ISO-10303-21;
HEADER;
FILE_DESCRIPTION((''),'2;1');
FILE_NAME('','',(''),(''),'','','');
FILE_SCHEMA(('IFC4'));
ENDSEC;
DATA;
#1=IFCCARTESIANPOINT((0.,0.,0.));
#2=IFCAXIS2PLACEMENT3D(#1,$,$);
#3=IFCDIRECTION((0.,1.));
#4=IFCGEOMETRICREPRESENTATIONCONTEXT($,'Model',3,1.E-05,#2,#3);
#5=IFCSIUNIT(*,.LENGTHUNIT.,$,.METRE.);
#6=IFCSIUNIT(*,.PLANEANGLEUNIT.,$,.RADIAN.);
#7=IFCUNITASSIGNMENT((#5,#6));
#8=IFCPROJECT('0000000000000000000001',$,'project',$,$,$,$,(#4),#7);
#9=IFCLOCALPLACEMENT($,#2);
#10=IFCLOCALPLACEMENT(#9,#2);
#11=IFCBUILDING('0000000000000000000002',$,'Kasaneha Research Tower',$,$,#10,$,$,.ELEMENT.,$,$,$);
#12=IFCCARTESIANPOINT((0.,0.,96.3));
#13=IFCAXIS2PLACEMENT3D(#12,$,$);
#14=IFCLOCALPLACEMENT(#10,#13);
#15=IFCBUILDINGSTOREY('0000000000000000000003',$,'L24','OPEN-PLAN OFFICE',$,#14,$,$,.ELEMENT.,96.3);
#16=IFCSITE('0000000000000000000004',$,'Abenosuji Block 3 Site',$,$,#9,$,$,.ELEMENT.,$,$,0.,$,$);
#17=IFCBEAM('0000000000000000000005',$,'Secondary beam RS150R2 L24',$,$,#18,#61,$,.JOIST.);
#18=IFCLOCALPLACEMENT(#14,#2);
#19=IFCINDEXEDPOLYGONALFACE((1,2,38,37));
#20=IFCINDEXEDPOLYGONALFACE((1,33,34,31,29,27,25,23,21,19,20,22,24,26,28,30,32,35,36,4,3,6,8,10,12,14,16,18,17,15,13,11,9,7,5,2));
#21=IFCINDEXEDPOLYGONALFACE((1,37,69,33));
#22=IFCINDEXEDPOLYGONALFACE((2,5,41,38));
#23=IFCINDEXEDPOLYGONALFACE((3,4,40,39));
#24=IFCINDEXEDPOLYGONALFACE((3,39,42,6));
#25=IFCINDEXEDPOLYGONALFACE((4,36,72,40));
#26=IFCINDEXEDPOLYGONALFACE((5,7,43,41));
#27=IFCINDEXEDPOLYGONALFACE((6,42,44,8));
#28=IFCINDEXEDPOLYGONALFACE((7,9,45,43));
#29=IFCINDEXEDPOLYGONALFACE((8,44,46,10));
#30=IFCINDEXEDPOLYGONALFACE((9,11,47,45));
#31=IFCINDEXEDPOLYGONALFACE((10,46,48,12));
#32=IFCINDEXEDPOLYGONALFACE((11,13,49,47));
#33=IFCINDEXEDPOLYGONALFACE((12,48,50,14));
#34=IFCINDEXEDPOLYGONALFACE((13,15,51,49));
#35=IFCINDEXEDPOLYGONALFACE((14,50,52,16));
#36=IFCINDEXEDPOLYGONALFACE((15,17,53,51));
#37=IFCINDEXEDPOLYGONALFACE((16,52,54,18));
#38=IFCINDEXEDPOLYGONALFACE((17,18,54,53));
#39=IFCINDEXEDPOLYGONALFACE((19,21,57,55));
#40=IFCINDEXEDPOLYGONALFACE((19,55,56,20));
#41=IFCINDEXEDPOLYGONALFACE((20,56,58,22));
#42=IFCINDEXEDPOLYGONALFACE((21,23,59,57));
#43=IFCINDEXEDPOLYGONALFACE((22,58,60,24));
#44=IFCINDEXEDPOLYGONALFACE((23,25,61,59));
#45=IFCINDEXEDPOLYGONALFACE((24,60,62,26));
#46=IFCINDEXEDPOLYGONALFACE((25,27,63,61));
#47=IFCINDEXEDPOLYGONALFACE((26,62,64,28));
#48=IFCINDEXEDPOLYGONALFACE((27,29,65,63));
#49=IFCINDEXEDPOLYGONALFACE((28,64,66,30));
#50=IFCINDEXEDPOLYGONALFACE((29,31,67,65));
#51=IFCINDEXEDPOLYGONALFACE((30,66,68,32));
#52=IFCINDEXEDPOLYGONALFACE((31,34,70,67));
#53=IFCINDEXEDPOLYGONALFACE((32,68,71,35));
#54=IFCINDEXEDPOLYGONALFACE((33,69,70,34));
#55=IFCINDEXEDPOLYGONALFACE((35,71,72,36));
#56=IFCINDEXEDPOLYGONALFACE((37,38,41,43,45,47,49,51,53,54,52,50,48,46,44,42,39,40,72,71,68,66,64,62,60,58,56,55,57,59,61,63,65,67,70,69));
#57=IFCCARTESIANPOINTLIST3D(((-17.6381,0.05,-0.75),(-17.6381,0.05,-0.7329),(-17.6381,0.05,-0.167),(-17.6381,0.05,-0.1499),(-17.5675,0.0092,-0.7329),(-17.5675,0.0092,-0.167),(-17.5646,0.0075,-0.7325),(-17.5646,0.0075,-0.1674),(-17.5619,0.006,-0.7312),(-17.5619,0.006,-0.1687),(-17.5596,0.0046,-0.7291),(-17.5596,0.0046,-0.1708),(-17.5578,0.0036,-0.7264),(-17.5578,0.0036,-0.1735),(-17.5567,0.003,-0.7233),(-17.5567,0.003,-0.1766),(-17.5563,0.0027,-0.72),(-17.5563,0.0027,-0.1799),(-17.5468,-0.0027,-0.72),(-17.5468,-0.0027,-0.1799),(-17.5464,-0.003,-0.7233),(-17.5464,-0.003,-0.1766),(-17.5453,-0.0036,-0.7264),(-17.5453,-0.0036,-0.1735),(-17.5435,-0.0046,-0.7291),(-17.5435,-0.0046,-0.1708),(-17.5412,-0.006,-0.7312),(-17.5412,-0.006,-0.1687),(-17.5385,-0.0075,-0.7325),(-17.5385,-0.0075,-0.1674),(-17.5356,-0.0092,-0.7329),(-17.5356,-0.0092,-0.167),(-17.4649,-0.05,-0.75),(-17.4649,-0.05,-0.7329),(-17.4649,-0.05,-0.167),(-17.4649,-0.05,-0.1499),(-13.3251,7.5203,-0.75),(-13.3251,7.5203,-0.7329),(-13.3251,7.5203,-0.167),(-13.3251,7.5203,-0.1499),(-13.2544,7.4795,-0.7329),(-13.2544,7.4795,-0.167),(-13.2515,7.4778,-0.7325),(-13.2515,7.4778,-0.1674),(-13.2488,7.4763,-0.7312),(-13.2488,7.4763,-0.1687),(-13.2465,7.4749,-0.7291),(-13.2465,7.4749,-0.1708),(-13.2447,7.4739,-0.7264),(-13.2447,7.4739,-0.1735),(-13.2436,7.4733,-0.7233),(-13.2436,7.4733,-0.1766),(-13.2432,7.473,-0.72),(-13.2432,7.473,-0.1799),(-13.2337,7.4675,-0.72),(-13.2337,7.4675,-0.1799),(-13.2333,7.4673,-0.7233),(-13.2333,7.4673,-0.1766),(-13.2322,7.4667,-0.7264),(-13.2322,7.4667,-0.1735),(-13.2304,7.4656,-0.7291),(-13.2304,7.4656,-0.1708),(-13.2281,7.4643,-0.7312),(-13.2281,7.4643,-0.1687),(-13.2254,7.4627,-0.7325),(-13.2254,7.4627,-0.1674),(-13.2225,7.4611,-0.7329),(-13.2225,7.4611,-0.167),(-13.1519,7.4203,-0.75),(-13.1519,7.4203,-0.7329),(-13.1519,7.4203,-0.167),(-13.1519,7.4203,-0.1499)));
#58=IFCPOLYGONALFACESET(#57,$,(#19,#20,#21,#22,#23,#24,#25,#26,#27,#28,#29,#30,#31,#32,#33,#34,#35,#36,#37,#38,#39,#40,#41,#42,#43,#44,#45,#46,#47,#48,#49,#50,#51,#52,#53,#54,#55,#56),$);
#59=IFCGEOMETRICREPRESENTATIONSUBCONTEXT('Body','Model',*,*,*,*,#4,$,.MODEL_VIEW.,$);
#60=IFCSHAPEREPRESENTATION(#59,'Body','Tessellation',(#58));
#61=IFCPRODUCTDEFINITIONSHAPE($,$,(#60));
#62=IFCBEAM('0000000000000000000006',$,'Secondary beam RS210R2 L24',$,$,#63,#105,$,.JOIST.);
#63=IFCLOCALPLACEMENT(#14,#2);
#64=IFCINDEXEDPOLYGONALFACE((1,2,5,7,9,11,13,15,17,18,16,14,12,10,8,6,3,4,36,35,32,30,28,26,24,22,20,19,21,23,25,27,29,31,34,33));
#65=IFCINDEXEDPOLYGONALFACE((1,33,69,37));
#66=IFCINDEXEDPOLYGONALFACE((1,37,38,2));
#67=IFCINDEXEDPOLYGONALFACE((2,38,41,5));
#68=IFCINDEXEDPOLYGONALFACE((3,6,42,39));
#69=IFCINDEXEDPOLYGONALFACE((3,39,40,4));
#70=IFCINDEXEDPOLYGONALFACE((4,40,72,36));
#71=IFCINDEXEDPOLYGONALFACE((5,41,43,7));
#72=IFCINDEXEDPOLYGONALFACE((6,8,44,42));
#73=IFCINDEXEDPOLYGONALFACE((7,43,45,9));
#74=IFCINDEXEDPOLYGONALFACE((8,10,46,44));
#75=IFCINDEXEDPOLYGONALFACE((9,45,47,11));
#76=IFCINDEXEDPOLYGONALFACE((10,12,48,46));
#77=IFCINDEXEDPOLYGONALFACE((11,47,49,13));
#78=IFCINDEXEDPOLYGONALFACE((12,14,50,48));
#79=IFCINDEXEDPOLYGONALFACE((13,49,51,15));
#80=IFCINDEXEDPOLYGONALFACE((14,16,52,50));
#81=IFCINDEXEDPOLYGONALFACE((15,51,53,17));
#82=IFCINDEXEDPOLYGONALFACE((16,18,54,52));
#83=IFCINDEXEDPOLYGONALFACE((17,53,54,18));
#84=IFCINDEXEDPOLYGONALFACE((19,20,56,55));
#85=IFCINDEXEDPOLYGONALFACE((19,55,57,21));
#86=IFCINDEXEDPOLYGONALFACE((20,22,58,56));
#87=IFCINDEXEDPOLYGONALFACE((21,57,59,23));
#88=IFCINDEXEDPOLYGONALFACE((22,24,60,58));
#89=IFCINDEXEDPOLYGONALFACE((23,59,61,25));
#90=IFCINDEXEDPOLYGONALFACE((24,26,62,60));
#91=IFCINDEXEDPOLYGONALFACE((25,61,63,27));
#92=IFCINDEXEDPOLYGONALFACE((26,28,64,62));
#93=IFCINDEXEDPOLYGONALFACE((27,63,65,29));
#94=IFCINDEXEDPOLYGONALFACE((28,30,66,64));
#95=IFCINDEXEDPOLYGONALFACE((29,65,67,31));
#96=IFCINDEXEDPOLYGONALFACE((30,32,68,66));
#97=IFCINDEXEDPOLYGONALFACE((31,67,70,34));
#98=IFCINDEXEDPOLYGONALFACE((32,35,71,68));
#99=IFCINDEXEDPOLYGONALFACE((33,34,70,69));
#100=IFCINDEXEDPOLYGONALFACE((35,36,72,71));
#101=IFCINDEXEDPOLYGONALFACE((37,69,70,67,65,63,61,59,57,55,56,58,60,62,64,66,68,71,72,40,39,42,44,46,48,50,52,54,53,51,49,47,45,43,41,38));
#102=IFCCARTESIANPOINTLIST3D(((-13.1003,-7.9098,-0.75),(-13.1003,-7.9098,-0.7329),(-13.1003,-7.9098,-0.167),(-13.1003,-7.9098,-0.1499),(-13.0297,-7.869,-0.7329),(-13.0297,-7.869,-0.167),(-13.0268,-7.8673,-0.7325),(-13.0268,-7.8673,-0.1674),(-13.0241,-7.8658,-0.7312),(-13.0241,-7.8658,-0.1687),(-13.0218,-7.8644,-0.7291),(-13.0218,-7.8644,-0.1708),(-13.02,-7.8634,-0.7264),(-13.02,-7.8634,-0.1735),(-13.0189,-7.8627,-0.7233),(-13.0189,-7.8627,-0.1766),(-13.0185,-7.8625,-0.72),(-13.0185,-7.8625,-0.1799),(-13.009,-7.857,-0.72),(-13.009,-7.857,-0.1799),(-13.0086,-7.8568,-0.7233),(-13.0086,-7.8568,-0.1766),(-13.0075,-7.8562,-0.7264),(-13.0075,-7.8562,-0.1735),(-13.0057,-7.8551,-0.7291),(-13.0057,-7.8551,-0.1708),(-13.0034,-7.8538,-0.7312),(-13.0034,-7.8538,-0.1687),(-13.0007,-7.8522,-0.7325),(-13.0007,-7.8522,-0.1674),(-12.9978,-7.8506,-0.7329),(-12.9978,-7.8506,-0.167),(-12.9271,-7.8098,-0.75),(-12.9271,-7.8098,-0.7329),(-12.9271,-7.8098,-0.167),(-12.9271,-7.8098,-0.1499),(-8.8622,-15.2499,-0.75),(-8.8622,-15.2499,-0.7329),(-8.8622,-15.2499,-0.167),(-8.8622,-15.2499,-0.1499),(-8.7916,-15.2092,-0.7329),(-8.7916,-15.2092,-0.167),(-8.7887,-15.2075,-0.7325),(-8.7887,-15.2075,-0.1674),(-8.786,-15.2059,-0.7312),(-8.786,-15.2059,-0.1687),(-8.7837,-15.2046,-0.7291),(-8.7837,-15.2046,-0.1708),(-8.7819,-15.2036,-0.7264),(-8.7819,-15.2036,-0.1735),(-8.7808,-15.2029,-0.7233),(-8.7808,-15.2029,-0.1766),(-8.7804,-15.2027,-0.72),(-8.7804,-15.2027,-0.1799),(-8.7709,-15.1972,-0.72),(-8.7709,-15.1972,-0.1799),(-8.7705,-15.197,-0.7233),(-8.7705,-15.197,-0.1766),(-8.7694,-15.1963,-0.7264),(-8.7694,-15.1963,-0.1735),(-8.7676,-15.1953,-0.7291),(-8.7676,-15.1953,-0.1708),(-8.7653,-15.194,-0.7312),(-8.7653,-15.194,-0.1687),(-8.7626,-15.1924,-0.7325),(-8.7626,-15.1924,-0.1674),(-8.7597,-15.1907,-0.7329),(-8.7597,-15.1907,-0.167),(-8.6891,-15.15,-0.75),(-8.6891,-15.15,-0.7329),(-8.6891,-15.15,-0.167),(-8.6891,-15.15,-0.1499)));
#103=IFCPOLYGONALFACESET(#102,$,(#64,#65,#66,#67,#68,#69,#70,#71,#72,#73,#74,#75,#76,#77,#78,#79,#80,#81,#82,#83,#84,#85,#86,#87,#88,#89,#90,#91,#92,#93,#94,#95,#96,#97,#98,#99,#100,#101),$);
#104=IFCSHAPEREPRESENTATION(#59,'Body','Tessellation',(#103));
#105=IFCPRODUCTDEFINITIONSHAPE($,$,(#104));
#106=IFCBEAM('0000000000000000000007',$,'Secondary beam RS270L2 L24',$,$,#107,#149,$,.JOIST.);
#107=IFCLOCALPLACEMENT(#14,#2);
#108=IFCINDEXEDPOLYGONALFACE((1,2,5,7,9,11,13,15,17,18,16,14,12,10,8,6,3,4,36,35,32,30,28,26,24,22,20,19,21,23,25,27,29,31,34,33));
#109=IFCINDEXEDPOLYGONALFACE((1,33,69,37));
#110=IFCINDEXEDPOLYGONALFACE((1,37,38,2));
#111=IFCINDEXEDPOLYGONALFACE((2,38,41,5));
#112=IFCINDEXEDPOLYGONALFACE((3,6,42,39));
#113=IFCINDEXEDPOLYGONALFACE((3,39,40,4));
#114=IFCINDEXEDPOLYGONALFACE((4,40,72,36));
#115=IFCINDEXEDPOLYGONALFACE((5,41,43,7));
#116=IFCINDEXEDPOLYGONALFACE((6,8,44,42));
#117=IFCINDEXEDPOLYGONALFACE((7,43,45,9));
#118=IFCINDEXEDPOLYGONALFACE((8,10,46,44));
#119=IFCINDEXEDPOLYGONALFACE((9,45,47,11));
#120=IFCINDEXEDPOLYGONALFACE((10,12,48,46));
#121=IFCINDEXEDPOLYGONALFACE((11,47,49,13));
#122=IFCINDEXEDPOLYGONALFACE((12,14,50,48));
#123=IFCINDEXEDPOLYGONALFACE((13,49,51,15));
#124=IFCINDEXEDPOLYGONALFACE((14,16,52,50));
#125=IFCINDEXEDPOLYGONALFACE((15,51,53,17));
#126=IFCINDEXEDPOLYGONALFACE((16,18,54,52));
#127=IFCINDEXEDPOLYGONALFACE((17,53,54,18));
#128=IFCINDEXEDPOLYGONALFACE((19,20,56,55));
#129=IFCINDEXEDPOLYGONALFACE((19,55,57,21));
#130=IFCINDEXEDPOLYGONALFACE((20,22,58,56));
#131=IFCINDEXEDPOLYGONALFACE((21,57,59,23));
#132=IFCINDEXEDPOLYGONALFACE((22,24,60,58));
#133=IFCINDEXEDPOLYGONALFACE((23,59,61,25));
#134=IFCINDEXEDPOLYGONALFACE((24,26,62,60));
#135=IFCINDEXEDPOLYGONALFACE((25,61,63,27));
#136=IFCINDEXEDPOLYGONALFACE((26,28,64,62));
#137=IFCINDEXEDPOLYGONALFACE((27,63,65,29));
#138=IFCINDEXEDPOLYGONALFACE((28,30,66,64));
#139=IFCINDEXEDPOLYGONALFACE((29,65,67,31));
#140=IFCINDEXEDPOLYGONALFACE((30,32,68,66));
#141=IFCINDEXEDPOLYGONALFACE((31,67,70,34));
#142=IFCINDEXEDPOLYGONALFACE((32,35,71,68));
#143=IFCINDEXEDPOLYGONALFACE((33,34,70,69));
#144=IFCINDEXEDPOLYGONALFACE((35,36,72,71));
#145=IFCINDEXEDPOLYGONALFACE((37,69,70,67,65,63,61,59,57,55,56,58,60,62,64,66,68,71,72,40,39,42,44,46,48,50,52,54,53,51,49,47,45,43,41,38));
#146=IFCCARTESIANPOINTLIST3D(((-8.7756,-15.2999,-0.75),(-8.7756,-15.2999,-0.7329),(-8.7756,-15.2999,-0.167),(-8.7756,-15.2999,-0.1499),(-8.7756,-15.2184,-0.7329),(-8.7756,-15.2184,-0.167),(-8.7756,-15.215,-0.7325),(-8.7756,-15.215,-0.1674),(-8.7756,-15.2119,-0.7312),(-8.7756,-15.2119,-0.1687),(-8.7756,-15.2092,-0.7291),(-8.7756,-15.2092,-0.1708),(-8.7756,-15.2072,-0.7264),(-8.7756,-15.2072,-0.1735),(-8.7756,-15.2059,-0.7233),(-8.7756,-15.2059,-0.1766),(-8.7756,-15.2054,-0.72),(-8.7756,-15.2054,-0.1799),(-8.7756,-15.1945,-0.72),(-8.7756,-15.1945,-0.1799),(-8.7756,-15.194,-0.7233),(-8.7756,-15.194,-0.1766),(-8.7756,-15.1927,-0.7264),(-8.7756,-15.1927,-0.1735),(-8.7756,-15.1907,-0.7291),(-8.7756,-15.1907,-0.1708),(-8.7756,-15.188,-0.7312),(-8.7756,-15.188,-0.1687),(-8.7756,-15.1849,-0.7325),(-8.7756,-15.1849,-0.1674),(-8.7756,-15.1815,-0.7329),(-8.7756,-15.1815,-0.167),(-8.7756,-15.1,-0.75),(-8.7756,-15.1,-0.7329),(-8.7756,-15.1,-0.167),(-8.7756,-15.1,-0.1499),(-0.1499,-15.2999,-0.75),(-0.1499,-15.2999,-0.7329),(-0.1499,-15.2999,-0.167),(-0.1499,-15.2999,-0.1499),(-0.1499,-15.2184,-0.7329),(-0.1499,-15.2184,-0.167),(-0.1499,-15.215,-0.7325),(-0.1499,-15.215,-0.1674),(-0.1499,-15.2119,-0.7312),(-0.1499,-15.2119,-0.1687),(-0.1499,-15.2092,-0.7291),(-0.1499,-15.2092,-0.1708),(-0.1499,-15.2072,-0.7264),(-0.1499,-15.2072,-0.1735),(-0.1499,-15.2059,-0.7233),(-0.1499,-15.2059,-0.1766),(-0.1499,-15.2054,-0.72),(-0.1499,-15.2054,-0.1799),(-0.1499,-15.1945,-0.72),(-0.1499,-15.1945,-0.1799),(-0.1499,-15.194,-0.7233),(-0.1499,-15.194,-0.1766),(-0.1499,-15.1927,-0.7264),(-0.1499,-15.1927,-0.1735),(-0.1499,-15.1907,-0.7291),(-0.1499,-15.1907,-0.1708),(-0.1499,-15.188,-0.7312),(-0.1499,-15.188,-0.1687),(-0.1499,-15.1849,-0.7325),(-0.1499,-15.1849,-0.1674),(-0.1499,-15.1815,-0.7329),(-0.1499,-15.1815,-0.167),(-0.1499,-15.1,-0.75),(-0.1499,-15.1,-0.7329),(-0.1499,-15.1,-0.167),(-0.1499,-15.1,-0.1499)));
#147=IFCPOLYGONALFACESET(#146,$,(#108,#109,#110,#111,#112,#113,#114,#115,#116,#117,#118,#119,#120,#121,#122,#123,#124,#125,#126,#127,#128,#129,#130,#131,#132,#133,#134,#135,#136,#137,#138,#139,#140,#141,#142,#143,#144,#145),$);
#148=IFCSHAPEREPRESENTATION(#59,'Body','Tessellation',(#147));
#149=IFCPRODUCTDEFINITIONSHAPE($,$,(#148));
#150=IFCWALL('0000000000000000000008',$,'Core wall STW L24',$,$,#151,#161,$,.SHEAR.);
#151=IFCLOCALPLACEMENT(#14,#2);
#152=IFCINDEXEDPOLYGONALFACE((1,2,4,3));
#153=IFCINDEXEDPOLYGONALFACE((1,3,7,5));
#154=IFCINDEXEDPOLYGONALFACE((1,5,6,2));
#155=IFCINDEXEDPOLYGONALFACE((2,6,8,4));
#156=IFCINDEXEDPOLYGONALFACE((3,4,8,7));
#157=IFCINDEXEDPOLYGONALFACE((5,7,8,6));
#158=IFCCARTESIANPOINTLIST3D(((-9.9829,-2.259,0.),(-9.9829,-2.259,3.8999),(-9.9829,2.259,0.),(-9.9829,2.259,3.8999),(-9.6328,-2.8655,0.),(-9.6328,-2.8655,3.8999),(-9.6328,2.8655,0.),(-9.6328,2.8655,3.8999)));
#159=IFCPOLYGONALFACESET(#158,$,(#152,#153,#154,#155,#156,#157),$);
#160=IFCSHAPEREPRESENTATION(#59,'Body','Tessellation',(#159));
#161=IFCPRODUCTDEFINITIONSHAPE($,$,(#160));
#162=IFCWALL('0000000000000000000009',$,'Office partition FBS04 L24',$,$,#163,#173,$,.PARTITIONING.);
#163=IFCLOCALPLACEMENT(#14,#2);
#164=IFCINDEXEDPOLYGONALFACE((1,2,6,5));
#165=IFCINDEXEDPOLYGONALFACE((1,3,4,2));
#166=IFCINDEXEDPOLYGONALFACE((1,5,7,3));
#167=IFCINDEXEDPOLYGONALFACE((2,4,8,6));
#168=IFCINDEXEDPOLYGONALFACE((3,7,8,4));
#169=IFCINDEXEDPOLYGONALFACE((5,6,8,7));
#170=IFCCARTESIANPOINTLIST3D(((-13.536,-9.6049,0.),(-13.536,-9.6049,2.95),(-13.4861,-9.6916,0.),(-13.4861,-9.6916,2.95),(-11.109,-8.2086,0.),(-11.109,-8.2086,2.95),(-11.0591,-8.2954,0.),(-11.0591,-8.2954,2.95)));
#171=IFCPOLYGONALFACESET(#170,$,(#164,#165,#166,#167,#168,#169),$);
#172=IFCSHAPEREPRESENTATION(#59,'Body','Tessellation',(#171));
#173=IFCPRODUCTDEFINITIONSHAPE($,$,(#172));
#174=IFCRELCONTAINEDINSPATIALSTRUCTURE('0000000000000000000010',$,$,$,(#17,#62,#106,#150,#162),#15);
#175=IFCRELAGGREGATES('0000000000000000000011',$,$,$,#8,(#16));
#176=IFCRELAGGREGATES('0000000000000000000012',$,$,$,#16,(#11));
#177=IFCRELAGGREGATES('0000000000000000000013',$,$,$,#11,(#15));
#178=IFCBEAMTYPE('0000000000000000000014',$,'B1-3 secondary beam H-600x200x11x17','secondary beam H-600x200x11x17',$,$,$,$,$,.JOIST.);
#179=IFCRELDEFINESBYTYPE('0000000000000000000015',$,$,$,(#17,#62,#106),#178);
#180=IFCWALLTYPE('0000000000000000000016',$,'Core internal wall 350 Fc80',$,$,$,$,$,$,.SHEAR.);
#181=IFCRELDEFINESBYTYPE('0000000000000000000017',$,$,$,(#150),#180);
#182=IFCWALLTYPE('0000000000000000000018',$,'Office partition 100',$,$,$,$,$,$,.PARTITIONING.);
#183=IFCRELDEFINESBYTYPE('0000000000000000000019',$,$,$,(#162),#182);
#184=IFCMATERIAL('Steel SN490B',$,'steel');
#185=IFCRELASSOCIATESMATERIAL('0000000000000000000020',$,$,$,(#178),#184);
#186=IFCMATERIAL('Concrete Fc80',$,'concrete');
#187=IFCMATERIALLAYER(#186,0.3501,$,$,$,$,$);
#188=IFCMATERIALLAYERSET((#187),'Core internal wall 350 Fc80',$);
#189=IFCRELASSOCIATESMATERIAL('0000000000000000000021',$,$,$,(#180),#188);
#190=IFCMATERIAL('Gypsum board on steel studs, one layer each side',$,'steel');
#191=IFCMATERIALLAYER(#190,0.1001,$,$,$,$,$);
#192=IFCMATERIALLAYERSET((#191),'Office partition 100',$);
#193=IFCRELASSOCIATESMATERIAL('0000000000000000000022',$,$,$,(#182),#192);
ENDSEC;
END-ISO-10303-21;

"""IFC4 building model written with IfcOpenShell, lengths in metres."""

from ifc_helpers import new_model, si_unit, direction, frame, frame_2d, origin, origin_2d, place, context, subcontext, project, spatial, polyline, rectangle, i_section, outline, extrude, material, layer, layer_set, material_profile, profile_set, type_object, element, save


model = new_model("IFC4")

# Units and contexts
model_context = context("Model", 3, precision=1e-05, world=origin(), true_north=direction((0.0, 1.0)))
body_context = subcontext(model_context, "Body", "Model", "MODEL_VIEW")
ifc_project = project(units=[si_unit("LENGTHUNIT", "METRE"), si_unit("PLANEANGLEUNIT", "RADIAN")], contexts=[model_context])

# Site, building, storey
site_placement = place(None, origin())
site = spatial("IfcSite", under=ifc_project, at=site_placement, Name="Abenosuji Block 3 Site", CompositionType="ELEMENT", RefElevation=0.0)
building_placement = place(site_placement, origin())
building = spatial("IfcBuilding", under=site, at=building_placement, Name="Kasaneha Research Tower", CompositionType="ELEMENT")
storey_placement = place(building_placement, frame((0.0, 0.0, 96.3)))
storey = spatial("IfcBuildingStorey", under=building, at=storey_placement, Name="L24", Description="OPEN-PLAN OFFICE", CompositionType="ELEMENT", Elevation=96.3)

# Beams
ifc_material_1 = material(Name="Steel SN490B", Category="steel")
ifc_material_profile_1 = material_profile(ifc_material_1, i_section(OverallWidth=0.2, OverallDepth=0.6001, WebThickness=0.011, FlangeThickness=0.0171, FilletRadius=0.0129, at=origin_2d()), Name="H-600x200x11x17")
ifc_profile_set_1 = profile_set([ifc_material_profile_1], Name="Steel SN490B")
beam_type = type_object("IfcBeamType", Name="B1-3 secondary beam H-600x200x11x17", Description="secondary beam H-600x200x11x17", PredefinedType="JOIST", material=ifc_profile_set_1)
beam_1_placement = place(storey_placement, frame((-17.5515, 0.0, -0.45), z_axis=(0.500005, 0.866023, 0.0), x_axis=(-0.866023, 0.500005, 0.0)))
element("IfcBeam", 1, at=beam_1_placement, inside=storey, type_object=beam_type, Name="Secondary beam RS150R2 L24", PredefinedType="JOIST", context=body_context, shape_type="SweptSolid", body=[
    extrude(i_section(OverallWidth=0.2, OverallDepth=0.6001, WebThickness=0.011, FlangeThickness=0.0171, FilletRadius=0.0129, at=origin_2d()), origin(), (0.0, 0.0, 1.0), 8.626),
])
beam_2_placement = place(storey_placement, frame((-8.7756, -15.2, -0.45), z_axis=(-0.500021, 0.866013, 0.0), x_axis=(-0.866013, -0.500021, 0.0)))
element("IfcBeam", 2, at=beam_2_placement, inside=storey, type_object=beam_type, Name="Secondary beam RS210R2 L24", PredefinedType="JOIST", context=body_context, shape_type="SweptSolid", body=[
    extrude(i_section(OverallWidth=0.2, OverallDepth=0.6001, WebThickness=0.011, FlangeThickness=0.0171, FilletRadius=0.0129, at=origin_2d()), origin(), (0.0, 0.0, 1.0), 8.4758),
])
beam_3_placement = place(storey_placement, frame((-8.7756, -15.2, -0.45), z_axis=(1.0, 0.0, 0.0), x_axis=(0.0, 1.0, 0.0)))
element("IfcBeam", 3, at=beam_3_placement, inside=storey, type_object=beam_type, Name="Secondary beam RS270L2 L24", PredefinedType="JOIST", context=body_context, shape_type="SweptSolid", body=[
    extrude(i_section(OverallWidth=0.2, OverallDepth=0.6001, WebThickness=0.011, FlangeThickness=0.0171, FilletRadius=0.0129, at=origin_2d()), origin(), (0.0, 0.0, 1.0), 8.6257),
])

# Shared definitions
ifc_material_2 = material(Name="Concrete Fc80", Category="concrete")
ifc_layer_1 = layer(ifc_material_2, 0.3501)
ifc_layer_set_1 = layer_set([ifc_layer_1], Name="Core internal wall 350 Fc80")
wall_type_1 = type_object("IfcWallType", Name="Core internal wall 350 Fc80", PredefinedType="SHEAR", material=ifc_layer_set_1)

# Walls
wall_1_placement = place(storey_placement, frame((-9.8079, -2.5623, 0.0), z_axis=(0.0, 0.0, 1.0), x_axis=(0.0, 1.0, 0.0)))
element("IfcWall", 4, at=wall_1_placement, inside=storey, type_object=wall_type_1, Name="Core wall STW L24", PredefinedType="SHEAR", context=body_context, shape_type="SweptSolid", body=[
    extrude(outline(polyline([(-0.3032, -0.175), (5.4277, -0.175), (4.8213, 0.175), (0.3032, 0.175), (-0.3032, -0.175)])), origin(), (0.0, 0.0, 1.0), 3.8999),
])
ifc_material_3 = material(Name="Gypsum board on steel studs, one layer each side", Category="steel")
ifc_layer_2 = layer(ifc_material_3, 0.1001)
ifc_layer_set_2 = layer_set([ifc_layer_2], Name="Office partition 100")
wall_type_2 = type_object("IfcWallType", Name="Office partition 100", PredefinedType="PARTITIONING", material=ifc_layer_set_2)
wall_2_placement = place(storey_placement, frame((-13.511, -9.6482, 0.0), z_axis=(0.0, 0.0, 1.0), x_axis=(0.866796, 0.498663, 0.0)))
element("IfcWall", 5, at=wall_2_placement, inside=storey, type_object=wall_type_2, Name="Office partition FBS04 L24", PredefinedType="PARTITIONING", context=body_context, shape_type="SweptSolid", body=[
    extrude(rectangle(XDim=2.8, YDim=0.1001, at=frame_2d((1.3999, 0.0))), origin(), (0.0, 0.0, 1.0), 2.95),
])

save(model, "model.ifc")
